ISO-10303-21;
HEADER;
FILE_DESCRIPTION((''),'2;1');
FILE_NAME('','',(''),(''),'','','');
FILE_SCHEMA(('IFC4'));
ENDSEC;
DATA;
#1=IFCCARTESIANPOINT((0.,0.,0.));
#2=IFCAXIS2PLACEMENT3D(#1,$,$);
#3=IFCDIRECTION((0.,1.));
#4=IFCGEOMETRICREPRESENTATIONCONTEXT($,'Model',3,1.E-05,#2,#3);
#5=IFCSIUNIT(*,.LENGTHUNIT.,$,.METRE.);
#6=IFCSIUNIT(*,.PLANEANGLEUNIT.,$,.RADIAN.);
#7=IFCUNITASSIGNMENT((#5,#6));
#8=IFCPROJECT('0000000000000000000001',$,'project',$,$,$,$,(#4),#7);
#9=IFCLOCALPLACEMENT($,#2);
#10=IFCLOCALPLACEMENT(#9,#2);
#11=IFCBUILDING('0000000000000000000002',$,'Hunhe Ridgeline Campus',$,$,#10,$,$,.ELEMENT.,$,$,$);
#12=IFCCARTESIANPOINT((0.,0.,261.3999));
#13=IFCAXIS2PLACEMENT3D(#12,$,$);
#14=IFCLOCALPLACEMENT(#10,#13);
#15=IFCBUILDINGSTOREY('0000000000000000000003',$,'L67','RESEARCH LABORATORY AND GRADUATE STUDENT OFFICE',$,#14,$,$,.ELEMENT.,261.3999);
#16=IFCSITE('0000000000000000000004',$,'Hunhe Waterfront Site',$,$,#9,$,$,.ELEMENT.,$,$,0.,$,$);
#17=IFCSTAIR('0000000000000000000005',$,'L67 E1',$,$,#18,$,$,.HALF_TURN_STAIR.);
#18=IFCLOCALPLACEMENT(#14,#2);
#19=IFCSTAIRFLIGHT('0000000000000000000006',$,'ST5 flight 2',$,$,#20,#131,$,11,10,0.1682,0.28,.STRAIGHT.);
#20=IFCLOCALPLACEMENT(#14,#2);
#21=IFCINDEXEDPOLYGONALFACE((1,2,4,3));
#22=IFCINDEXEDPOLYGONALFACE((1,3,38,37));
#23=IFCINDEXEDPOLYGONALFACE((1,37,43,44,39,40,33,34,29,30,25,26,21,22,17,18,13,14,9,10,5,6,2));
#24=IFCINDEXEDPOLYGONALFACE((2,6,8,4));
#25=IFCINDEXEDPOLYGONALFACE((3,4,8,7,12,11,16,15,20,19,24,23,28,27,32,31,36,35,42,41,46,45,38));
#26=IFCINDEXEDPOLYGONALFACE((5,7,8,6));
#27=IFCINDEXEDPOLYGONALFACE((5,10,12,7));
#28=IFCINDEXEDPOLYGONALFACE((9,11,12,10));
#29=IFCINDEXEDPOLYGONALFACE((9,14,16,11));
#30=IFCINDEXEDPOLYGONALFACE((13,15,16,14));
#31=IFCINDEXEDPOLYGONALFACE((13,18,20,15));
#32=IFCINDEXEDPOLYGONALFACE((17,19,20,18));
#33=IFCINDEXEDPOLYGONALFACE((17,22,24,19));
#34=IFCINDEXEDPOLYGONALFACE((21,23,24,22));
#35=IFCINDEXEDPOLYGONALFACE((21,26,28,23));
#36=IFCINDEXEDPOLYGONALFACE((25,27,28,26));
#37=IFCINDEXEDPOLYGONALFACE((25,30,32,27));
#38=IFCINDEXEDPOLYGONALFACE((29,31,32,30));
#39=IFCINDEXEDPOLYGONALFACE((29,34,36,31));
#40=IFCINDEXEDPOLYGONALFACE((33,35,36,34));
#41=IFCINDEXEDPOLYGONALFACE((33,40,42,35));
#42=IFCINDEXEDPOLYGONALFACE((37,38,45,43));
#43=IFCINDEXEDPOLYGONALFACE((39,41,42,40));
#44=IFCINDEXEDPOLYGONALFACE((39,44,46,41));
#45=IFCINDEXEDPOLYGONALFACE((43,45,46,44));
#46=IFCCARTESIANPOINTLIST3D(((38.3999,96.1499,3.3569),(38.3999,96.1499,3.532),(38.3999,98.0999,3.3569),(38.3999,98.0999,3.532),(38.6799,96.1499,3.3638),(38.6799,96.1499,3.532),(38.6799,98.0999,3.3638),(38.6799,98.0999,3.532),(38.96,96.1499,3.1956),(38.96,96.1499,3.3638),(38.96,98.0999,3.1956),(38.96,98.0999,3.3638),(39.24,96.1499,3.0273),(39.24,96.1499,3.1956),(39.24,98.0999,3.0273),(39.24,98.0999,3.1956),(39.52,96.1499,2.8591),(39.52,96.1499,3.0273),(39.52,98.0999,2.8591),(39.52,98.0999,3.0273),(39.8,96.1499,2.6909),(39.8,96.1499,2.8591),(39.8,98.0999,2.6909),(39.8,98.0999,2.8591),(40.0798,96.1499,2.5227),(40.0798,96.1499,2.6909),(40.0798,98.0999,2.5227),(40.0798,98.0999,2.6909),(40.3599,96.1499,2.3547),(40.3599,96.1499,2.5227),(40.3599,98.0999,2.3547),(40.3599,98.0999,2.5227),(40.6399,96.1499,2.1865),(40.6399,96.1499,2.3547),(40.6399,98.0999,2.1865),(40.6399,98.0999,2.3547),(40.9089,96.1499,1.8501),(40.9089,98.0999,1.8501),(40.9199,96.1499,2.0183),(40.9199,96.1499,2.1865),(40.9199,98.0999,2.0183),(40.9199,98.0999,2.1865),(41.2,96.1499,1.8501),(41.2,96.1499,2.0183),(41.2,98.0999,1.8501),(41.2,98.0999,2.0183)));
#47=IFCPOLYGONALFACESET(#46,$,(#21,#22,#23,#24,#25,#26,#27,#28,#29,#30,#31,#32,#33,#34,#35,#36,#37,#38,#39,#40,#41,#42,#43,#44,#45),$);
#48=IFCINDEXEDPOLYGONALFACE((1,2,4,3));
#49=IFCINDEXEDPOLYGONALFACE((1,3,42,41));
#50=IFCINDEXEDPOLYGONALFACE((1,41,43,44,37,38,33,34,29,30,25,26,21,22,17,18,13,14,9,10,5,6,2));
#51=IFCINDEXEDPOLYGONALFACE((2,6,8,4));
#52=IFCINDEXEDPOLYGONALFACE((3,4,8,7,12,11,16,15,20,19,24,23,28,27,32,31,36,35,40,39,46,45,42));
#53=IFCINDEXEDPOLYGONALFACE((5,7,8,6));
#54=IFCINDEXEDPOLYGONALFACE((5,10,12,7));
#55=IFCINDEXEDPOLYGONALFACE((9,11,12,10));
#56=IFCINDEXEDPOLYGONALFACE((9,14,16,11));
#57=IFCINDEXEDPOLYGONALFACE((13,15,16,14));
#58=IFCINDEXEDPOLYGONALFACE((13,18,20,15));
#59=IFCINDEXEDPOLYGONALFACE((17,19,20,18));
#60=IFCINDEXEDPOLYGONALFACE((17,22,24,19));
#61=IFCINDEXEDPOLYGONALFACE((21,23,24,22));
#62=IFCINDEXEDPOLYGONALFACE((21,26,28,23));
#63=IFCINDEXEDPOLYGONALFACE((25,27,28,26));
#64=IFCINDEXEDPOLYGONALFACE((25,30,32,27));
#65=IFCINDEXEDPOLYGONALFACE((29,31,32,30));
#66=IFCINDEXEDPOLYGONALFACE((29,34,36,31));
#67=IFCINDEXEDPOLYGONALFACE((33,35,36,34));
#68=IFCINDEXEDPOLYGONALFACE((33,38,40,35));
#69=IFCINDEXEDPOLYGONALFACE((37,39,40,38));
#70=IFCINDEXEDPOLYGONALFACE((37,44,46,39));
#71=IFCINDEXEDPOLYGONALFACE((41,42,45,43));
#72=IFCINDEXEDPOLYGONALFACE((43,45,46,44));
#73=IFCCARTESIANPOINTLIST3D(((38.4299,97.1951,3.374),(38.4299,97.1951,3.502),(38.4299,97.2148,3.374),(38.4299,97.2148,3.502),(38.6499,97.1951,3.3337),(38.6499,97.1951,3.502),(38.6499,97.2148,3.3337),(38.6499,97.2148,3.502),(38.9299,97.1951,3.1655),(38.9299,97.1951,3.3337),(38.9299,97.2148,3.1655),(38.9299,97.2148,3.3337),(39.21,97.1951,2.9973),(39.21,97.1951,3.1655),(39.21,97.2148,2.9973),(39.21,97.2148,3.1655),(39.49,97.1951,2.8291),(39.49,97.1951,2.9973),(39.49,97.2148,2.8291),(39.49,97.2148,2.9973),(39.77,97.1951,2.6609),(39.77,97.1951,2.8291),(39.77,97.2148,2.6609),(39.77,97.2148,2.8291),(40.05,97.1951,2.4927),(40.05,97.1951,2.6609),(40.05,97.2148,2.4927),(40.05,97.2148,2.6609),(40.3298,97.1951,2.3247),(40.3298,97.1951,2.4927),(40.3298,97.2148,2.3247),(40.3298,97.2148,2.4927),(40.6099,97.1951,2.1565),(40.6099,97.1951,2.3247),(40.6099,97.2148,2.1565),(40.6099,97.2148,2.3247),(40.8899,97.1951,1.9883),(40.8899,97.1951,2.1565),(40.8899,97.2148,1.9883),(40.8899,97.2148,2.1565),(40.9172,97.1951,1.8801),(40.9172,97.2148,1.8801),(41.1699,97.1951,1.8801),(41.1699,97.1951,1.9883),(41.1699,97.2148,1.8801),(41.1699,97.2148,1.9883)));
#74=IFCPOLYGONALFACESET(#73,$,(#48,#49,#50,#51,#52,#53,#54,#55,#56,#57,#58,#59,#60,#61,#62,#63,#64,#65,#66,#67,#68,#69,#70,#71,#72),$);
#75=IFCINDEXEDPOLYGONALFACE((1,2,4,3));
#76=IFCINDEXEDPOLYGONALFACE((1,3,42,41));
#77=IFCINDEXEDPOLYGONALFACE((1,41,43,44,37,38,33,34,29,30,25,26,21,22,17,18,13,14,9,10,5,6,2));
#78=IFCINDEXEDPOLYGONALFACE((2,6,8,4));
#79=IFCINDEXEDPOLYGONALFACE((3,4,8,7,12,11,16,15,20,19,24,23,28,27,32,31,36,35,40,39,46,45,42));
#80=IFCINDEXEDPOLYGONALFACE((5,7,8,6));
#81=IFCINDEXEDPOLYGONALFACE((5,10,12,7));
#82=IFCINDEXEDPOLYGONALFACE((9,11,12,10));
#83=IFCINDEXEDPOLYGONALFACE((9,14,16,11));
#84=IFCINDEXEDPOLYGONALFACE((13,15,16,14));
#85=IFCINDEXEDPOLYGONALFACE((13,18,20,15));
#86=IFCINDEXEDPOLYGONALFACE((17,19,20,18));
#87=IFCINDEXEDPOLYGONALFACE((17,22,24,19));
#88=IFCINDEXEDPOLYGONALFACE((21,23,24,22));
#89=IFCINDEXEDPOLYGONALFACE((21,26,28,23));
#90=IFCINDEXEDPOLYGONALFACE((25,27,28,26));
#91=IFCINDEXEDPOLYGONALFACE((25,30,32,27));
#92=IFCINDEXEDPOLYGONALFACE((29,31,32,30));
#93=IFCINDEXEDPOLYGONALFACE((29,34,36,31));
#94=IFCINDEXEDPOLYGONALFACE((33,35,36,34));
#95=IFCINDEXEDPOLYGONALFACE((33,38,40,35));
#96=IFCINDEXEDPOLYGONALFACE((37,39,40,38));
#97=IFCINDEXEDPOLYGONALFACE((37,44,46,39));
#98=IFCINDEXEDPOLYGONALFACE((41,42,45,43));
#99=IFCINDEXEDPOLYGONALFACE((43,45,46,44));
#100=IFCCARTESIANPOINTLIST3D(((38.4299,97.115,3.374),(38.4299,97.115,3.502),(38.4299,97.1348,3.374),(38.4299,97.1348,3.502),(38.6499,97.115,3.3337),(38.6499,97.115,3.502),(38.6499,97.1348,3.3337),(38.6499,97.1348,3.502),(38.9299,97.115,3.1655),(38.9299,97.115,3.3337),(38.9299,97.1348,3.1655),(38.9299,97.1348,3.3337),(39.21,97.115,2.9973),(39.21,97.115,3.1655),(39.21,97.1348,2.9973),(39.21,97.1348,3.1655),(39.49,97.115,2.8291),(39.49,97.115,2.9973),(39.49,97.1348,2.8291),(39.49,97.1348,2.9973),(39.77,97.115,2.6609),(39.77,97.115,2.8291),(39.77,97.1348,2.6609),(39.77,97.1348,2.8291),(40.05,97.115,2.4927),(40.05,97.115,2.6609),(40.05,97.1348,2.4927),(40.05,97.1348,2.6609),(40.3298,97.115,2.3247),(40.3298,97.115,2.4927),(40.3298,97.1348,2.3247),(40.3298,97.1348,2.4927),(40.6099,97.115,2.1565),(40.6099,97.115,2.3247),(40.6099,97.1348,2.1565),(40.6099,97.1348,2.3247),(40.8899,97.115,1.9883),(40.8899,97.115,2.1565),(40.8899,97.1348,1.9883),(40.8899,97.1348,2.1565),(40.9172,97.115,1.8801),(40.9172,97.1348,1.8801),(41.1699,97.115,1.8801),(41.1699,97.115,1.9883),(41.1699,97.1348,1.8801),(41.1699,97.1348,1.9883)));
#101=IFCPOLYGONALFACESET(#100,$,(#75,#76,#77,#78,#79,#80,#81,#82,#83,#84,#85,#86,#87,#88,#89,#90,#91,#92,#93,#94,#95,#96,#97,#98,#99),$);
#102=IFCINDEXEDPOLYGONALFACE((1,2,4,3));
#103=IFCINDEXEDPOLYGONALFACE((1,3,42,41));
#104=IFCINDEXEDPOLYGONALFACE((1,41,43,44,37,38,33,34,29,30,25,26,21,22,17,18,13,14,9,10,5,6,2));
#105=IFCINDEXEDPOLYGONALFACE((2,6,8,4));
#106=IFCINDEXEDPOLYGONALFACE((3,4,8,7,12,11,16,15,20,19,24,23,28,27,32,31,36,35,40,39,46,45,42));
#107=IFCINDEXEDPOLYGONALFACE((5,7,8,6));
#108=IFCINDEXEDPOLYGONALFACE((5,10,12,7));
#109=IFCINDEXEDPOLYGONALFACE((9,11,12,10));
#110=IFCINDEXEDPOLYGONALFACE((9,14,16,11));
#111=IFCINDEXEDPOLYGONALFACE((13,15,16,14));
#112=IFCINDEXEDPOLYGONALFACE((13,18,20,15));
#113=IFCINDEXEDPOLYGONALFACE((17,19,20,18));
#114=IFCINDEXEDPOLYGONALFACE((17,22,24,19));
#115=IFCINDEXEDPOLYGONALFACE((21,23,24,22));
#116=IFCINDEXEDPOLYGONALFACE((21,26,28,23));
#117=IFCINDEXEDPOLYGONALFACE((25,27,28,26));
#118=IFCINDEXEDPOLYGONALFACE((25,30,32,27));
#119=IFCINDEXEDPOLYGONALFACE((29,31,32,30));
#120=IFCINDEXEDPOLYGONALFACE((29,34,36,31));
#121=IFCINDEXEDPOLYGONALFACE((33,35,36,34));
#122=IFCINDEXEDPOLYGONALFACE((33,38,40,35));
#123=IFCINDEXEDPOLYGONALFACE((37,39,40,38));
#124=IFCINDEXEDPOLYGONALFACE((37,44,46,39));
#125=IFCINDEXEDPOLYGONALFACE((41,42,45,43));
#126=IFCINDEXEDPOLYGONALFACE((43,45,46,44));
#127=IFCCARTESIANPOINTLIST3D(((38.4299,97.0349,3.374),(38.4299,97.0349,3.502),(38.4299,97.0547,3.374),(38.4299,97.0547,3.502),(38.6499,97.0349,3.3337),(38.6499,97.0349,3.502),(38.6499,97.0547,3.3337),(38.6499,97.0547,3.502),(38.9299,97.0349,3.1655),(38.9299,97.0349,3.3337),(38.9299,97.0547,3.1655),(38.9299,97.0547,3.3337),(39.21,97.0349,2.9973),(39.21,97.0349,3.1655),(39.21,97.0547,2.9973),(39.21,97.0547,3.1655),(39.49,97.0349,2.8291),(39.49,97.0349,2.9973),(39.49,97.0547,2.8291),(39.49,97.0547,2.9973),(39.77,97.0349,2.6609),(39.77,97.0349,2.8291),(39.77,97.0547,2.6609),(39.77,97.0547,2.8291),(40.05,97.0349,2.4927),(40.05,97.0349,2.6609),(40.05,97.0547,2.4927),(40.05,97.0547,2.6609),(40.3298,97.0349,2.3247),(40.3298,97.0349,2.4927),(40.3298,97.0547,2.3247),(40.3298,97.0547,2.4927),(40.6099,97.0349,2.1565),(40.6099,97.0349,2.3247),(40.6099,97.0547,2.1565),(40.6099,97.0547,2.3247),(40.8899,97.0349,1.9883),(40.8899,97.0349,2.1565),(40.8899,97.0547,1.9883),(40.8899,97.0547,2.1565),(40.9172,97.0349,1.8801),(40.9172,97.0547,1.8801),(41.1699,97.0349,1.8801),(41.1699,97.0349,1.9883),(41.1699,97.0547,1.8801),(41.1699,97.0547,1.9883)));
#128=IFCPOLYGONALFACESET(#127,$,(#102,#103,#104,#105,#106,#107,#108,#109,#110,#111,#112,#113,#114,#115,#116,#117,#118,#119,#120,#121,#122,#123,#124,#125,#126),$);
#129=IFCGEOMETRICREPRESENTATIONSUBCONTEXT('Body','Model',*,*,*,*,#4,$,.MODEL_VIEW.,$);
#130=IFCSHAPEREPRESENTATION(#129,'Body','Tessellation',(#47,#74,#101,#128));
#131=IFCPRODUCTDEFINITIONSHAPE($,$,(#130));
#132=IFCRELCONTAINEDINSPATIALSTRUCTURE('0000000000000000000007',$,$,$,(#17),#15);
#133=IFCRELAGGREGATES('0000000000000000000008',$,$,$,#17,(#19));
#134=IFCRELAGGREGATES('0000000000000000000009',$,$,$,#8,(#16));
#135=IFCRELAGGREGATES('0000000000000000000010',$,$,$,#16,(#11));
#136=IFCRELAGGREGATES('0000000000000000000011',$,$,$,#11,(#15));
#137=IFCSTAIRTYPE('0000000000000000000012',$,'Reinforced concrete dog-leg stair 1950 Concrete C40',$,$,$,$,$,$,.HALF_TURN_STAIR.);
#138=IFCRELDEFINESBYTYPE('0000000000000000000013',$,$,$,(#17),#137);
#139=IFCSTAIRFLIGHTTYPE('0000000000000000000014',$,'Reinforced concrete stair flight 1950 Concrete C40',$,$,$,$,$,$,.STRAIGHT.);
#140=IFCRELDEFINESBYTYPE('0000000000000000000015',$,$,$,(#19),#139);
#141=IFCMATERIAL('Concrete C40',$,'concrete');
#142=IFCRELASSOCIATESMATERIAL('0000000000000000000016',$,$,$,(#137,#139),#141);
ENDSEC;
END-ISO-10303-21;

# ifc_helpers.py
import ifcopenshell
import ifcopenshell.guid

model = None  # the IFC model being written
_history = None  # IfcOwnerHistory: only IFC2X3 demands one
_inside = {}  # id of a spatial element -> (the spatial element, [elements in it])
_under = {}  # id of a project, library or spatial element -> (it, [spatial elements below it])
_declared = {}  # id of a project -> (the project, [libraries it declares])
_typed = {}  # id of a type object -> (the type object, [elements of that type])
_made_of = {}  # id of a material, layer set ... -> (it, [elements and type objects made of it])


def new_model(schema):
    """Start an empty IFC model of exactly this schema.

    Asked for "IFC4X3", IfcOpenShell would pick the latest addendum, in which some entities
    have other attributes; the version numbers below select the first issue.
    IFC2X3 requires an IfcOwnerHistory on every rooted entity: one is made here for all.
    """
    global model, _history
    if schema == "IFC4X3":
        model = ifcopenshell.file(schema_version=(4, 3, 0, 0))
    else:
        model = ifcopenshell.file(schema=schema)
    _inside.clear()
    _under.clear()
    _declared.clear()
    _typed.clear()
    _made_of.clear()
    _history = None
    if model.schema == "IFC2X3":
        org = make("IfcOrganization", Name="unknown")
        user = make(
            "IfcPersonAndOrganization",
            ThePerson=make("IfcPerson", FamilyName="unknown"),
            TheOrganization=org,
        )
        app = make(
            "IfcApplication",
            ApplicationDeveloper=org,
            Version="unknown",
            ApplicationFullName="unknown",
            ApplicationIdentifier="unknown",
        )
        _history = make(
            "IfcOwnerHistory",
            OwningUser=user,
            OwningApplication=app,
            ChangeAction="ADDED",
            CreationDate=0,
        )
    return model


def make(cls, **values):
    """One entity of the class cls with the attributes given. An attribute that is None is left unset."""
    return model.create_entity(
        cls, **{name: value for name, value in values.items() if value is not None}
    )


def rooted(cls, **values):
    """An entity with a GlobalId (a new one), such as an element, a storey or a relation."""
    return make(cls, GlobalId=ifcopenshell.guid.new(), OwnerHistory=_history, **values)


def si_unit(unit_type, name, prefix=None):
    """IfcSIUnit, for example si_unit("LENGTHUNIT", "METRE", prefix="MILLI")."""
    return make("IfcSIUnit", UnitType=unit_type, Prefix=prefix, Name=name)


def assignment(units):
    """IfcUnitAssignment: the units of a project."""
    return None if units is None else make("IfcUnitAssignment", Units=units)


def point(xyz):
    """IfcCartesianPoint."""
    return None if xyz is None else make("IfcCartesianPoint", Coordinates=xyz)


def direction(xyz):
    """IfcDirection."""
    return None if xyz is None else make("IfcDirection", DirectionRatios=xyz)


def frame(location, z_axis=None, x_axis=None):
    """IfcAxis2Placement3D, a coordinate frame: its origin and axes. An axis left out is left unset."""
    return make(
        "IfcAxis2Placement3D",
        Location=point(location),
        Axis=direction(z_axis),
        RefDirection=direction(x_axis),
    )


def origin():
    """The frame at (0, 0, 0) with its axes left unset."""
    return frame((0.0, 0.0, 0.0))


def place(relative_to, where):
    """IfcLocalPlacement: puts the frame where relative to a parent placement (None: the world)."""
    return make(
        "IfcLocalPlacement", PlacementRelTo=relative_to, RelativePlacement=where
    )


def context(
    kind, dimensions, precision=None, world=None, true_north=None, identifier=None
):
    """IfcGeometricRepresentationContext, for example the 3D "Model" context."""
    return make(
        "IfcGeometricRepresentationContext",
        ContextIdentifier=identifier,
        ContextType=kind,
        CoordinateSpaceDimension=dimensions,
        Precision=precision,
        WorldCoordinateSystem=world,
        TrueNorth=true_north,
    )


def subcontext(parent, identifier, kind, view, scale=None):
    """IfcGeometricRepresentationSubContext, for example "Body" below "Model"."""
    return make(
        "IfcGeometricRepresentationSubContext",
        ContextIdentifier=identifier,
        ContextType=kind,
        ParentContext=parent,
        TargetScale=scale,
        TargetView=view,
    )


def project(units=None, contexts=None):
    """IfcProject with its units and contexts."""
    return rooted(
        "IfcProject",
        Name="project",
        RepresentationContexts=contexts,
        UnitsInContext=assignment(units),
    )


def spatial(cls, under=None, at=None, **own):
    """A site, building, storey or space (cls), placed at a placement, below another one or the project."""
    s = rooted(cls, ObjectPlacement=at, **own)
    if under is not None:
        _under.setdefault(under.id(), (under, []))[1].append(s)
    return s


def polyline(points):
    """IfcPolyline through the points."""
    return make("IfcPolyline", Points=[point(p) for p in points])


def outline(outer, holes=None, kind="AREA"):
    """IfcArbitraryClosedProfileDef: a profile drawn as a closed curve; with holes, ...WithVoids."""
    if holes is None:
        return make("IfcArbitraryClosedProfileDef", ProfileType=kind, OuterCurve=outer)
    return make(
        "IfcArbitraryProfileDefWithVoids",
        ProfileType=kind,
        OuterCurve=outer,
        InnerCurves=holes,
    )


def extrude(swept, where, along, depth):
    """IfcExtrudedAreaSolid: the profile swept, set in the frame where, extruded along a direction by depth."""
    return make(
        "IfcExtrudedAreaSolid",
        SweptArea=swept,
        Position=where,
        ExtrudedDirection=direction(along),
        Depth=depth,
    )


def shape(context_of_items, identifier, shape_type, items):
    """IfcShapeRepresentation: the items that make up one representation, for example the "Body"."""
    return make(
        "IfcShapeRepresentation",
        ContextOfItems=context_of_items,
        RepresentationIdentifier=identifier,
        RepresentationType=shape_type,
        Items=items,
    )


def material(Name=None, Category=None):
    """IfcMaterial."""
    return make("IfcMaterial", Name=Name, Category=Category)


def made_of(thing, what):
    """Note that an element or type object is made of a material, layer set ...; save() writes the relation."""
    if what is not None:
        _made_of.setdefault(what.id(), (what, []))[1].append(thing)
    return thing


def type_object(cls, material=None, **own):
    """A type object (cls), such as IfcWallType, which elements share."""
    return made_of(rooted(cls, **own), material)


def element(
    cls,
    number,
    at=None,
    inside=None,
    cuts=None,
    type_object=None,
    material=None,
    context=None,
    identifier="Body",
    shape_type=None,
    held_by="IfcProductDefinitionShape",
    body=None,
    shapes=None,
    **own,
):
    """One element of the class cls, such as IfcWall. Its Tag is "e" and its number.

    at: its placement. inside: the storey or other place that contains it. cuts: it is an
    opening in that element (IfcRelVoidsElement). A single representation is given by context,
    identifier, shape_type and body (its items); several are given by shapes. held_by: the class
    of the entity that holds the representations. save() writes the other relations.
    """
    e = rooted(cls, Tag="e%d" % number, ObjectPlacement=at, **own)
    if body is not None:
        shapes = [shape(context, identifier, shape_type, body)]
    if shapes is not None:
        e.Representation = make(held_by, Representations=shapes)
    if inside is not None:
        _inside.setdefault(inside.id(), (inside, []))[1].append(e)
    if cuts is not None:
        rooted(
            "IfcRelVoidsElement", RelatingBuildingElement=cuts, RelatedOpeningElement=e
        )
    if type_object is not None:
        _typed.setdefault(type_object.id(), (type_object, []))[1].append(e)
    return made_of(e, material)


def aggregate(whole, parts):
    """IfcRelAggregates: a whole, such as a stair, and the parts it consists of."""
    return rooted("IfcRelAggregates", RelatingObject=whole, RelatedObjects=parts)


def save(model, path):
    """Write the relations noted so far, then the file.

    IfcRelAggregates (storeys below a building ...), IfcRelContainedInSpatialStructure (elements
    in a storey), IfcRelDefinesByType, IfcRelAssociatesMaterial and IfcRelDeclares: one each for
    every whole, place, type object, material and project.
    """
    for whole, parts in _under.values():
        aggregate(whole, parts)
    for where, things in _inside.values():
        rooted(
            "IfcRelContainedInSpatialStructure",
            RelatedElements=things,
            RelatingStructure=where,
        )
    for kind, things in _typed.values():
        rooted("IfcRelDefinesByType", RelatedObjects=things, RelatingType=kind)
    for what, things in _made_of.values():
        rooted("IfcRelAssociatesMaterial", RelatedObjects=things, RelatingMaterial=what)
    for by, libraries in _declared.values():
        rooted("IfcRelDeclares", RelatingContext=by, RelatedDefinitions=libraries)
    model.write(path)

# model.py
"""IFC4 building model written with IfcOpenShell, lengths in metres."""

from ifc_helpers import new_model, si_unit, direction, frame, origin, place, context, subcontext, project, spatial, polyline, outline, extrude, material, type_object, element, aggregate, save


model = new_model("IFC4")

# Units and contexts
model_context = context("Model", 3, precision=1e-05, world=origin(), true_north=direction((0.0, 1.0)))
body_context = subcontext(model_context, "Body", "Model", "MODEL_VIEW")
ifc_project = project(units=[si_unit("LENGTHUNIT", "METRE"), si_unit("PLANEANGLEUNIT", "RADIAN")], contexts=[model_context])

# Site, building, storey
site_placement = place(None, origin())
site = spatial("IfcSite", under=ifc_project, at=site_placement, Name="Hunhe Waterfront Site", CompositionType="ELEMENT", RefElevation=0.0)
building_placement = place(site_placement, origin())
building = spatial("IfcBuilding", under=site, at=building_placement, Name="Hunhe Ridgeline Campus", CompositionType="ELEMENT")
storey_placement = place(building_placement, frame((0.0, 0.0, 261.3999)))
storey = spatial("IfcBuildingStorey", under=building, at=storey_placement, Name="L67", Description="RESEARCH LABORATORY AND GRADUATE STUDENT OFFICE", CompositionType="ELEMENT", Elevation=261.3999)

# Stair, stair flight
ifc_material_1 = material(Name="Concrete C40", Category="concrete")
stair_type = type_object("IfcStairType", Name="Reinforced concrete dog-leg stair 1950 Concrete C40", PredefinedType="HALF_TURN_STAIR", material=ifc_material_1)
stair_placement = place(storey_placement, origin())
stair = element("IfcStair", 1, at=stair_placement, inside=storey, type_object=stair_type, Name="L67 E1", PredefinedType="HALF_TURN_STAIR")
stair_flight_type = type_object("IfcStairFlightType", Name="Reinforced concrete stair flight 1950 Concrete C40", PredefinedType="STRAIGHT", material=ifc_material_1)
stair_flight_1_placement = place(storey_placement, frame((41.2, 97.125, 1.8501), z_axis=(0.0, 0.0, 1.0), x_axis=(-1.0, 0.0, 0.0)))
stair_flight_1 = element("IfcStairFlight", 2, at=stair_flight_1_placement, type_object=stair_flight_type, Name="ST5 flight 2", NumberOfRisers=11, NumberOfTreads=10, PredefinedType="STRAIGHT", RiserHeight=0.1682, TreadLength=0.28, context=body_context, shape_type="SweptSolid", body=[
    extrude(outline(polyline([(0.0, 0.0), (0.0, 0.1682), (0.28, 0.1682), (0.28, 0.3364), (0.5601, 0.3364), (0.5601, 0.5046), (0.8401, 0.5046), (0.8401, 0.6726), (1.1201, 0.6726), (1.1201, 0.8408), (1.3999, 0.8408), (1.3999, 1.009), (1.6799, 1.009), (1.6799, 1.1772), (1.96, 1.1772), (1.96, 1.3455), (2.24, 1.3455), (2.24, 1.5137), (2.52, 1.5137), (2.52, 1.6819), (2.8, 1.6819), (2.8, 1.8501), (2.8, 1.5068), (0.291, 0.0), (0.0, 0.0)])), frame((0.0, 0.9751, 0.0), z_axis=(0.0, -1.0, 0.0), x_axis=(1.0, 0.0, 0.0)), (0.0, 0.0, 1.0), 1.95),
    extrude(outline(polyline([(0.03, 0.03), (0.03, 0.1382), (0.3101, 0.1382), (0.3101, 0.3064), (0.5901, 0.3064), (0.5901, 0.4746), (0.8701, 0.4746), (0.8701, 0.6426), (1.1499, 0.6426), (1.1499, 0.8108), (1.4299, 0.8108), (1.4299, 0.979), (1.71, 0.979), (1.71, 1.1472), (1.99, 1.1472), (1.99, 1.3154), (2.27, 1.3154), (2.27, 1.4836), (2.55, 1.4836), (2.55, 1.6519), (2.77, 1.6519), (2.77, 1.5239), (0.2827, 0.03), (0.03, 0.03)])), frame((0.0, -0.0701, 0.0), z_axis=(0.0, -1.0, 0.0), x_axis=(1.0, 0.0, 0.0)), (0.0, 0.0, 1.0), 0.0198),
    extrude(outline(polyline([(0.03, 0.03), (0.03, 0.1382), (0.3101, 0.1382), (0.3101, 0.3064), (0.5901, 0.3064), (0.5901, 0.4746), (0.8701, 0.4746), (0.8701, 0.6426), (1.1499, 0.6426), (1.1499, 0.8108), (1.4299, 0.8108), (1.4299, 0.979), (1.71, 0.979), (1.71, 1.1472), (1.99, 1.1472), (1.99, 1.3154), (2.27, 1.3154), (2.27, 1.4836), (2.55, 1.4836), (2.55, 1.6519), (2.77, 1.6519), (2.77, 1.5239), (0.2827, 0.03), (0.03, 0.03)])), frame((0.0, 0.01, 0.0), z_axis=(0.0, -1.0, 0.0), x_axis=(1.0, 0.0, 0.0)), (0.0, 0.0, 1.0), 0.0198),
    extrude(outline(polyline([(0.03, 0.03), (0.03, 0.1382), (0.3101, 0.1382), (0.3101, 0.3064), (0.5901, 0.3064), (0.5901, 0.4746), (0.8701, 0.4746), (0.8701, 0.6426), (1.1499, 0.6426), (1.1499, 0.8108), (1.4299, 0.8108), (1.4299, 0.979), (1.71, 0.979), (1.71, 1.1472), (1.99, 1.1472), (1.99, 1.3154), (2.27, 1.3154), (2.27, 1.4836), (2.55, 1.4836), (2.55, 1.6519), (2.77, 1.6519), (2.77, 1.5239), (0.2827, 0.03), (0.03, 0.03)])), frame((0.0, 0.0901, 0.0), z_axis=(0.0, -1.0, 0.0), x_axis=(1.0, 0.0, 0.0)), (0.0, 0.0, 1.0), 0.0198),
])
aggregate(stair, [stair_flight_1])

save(model, "model.ifc")
